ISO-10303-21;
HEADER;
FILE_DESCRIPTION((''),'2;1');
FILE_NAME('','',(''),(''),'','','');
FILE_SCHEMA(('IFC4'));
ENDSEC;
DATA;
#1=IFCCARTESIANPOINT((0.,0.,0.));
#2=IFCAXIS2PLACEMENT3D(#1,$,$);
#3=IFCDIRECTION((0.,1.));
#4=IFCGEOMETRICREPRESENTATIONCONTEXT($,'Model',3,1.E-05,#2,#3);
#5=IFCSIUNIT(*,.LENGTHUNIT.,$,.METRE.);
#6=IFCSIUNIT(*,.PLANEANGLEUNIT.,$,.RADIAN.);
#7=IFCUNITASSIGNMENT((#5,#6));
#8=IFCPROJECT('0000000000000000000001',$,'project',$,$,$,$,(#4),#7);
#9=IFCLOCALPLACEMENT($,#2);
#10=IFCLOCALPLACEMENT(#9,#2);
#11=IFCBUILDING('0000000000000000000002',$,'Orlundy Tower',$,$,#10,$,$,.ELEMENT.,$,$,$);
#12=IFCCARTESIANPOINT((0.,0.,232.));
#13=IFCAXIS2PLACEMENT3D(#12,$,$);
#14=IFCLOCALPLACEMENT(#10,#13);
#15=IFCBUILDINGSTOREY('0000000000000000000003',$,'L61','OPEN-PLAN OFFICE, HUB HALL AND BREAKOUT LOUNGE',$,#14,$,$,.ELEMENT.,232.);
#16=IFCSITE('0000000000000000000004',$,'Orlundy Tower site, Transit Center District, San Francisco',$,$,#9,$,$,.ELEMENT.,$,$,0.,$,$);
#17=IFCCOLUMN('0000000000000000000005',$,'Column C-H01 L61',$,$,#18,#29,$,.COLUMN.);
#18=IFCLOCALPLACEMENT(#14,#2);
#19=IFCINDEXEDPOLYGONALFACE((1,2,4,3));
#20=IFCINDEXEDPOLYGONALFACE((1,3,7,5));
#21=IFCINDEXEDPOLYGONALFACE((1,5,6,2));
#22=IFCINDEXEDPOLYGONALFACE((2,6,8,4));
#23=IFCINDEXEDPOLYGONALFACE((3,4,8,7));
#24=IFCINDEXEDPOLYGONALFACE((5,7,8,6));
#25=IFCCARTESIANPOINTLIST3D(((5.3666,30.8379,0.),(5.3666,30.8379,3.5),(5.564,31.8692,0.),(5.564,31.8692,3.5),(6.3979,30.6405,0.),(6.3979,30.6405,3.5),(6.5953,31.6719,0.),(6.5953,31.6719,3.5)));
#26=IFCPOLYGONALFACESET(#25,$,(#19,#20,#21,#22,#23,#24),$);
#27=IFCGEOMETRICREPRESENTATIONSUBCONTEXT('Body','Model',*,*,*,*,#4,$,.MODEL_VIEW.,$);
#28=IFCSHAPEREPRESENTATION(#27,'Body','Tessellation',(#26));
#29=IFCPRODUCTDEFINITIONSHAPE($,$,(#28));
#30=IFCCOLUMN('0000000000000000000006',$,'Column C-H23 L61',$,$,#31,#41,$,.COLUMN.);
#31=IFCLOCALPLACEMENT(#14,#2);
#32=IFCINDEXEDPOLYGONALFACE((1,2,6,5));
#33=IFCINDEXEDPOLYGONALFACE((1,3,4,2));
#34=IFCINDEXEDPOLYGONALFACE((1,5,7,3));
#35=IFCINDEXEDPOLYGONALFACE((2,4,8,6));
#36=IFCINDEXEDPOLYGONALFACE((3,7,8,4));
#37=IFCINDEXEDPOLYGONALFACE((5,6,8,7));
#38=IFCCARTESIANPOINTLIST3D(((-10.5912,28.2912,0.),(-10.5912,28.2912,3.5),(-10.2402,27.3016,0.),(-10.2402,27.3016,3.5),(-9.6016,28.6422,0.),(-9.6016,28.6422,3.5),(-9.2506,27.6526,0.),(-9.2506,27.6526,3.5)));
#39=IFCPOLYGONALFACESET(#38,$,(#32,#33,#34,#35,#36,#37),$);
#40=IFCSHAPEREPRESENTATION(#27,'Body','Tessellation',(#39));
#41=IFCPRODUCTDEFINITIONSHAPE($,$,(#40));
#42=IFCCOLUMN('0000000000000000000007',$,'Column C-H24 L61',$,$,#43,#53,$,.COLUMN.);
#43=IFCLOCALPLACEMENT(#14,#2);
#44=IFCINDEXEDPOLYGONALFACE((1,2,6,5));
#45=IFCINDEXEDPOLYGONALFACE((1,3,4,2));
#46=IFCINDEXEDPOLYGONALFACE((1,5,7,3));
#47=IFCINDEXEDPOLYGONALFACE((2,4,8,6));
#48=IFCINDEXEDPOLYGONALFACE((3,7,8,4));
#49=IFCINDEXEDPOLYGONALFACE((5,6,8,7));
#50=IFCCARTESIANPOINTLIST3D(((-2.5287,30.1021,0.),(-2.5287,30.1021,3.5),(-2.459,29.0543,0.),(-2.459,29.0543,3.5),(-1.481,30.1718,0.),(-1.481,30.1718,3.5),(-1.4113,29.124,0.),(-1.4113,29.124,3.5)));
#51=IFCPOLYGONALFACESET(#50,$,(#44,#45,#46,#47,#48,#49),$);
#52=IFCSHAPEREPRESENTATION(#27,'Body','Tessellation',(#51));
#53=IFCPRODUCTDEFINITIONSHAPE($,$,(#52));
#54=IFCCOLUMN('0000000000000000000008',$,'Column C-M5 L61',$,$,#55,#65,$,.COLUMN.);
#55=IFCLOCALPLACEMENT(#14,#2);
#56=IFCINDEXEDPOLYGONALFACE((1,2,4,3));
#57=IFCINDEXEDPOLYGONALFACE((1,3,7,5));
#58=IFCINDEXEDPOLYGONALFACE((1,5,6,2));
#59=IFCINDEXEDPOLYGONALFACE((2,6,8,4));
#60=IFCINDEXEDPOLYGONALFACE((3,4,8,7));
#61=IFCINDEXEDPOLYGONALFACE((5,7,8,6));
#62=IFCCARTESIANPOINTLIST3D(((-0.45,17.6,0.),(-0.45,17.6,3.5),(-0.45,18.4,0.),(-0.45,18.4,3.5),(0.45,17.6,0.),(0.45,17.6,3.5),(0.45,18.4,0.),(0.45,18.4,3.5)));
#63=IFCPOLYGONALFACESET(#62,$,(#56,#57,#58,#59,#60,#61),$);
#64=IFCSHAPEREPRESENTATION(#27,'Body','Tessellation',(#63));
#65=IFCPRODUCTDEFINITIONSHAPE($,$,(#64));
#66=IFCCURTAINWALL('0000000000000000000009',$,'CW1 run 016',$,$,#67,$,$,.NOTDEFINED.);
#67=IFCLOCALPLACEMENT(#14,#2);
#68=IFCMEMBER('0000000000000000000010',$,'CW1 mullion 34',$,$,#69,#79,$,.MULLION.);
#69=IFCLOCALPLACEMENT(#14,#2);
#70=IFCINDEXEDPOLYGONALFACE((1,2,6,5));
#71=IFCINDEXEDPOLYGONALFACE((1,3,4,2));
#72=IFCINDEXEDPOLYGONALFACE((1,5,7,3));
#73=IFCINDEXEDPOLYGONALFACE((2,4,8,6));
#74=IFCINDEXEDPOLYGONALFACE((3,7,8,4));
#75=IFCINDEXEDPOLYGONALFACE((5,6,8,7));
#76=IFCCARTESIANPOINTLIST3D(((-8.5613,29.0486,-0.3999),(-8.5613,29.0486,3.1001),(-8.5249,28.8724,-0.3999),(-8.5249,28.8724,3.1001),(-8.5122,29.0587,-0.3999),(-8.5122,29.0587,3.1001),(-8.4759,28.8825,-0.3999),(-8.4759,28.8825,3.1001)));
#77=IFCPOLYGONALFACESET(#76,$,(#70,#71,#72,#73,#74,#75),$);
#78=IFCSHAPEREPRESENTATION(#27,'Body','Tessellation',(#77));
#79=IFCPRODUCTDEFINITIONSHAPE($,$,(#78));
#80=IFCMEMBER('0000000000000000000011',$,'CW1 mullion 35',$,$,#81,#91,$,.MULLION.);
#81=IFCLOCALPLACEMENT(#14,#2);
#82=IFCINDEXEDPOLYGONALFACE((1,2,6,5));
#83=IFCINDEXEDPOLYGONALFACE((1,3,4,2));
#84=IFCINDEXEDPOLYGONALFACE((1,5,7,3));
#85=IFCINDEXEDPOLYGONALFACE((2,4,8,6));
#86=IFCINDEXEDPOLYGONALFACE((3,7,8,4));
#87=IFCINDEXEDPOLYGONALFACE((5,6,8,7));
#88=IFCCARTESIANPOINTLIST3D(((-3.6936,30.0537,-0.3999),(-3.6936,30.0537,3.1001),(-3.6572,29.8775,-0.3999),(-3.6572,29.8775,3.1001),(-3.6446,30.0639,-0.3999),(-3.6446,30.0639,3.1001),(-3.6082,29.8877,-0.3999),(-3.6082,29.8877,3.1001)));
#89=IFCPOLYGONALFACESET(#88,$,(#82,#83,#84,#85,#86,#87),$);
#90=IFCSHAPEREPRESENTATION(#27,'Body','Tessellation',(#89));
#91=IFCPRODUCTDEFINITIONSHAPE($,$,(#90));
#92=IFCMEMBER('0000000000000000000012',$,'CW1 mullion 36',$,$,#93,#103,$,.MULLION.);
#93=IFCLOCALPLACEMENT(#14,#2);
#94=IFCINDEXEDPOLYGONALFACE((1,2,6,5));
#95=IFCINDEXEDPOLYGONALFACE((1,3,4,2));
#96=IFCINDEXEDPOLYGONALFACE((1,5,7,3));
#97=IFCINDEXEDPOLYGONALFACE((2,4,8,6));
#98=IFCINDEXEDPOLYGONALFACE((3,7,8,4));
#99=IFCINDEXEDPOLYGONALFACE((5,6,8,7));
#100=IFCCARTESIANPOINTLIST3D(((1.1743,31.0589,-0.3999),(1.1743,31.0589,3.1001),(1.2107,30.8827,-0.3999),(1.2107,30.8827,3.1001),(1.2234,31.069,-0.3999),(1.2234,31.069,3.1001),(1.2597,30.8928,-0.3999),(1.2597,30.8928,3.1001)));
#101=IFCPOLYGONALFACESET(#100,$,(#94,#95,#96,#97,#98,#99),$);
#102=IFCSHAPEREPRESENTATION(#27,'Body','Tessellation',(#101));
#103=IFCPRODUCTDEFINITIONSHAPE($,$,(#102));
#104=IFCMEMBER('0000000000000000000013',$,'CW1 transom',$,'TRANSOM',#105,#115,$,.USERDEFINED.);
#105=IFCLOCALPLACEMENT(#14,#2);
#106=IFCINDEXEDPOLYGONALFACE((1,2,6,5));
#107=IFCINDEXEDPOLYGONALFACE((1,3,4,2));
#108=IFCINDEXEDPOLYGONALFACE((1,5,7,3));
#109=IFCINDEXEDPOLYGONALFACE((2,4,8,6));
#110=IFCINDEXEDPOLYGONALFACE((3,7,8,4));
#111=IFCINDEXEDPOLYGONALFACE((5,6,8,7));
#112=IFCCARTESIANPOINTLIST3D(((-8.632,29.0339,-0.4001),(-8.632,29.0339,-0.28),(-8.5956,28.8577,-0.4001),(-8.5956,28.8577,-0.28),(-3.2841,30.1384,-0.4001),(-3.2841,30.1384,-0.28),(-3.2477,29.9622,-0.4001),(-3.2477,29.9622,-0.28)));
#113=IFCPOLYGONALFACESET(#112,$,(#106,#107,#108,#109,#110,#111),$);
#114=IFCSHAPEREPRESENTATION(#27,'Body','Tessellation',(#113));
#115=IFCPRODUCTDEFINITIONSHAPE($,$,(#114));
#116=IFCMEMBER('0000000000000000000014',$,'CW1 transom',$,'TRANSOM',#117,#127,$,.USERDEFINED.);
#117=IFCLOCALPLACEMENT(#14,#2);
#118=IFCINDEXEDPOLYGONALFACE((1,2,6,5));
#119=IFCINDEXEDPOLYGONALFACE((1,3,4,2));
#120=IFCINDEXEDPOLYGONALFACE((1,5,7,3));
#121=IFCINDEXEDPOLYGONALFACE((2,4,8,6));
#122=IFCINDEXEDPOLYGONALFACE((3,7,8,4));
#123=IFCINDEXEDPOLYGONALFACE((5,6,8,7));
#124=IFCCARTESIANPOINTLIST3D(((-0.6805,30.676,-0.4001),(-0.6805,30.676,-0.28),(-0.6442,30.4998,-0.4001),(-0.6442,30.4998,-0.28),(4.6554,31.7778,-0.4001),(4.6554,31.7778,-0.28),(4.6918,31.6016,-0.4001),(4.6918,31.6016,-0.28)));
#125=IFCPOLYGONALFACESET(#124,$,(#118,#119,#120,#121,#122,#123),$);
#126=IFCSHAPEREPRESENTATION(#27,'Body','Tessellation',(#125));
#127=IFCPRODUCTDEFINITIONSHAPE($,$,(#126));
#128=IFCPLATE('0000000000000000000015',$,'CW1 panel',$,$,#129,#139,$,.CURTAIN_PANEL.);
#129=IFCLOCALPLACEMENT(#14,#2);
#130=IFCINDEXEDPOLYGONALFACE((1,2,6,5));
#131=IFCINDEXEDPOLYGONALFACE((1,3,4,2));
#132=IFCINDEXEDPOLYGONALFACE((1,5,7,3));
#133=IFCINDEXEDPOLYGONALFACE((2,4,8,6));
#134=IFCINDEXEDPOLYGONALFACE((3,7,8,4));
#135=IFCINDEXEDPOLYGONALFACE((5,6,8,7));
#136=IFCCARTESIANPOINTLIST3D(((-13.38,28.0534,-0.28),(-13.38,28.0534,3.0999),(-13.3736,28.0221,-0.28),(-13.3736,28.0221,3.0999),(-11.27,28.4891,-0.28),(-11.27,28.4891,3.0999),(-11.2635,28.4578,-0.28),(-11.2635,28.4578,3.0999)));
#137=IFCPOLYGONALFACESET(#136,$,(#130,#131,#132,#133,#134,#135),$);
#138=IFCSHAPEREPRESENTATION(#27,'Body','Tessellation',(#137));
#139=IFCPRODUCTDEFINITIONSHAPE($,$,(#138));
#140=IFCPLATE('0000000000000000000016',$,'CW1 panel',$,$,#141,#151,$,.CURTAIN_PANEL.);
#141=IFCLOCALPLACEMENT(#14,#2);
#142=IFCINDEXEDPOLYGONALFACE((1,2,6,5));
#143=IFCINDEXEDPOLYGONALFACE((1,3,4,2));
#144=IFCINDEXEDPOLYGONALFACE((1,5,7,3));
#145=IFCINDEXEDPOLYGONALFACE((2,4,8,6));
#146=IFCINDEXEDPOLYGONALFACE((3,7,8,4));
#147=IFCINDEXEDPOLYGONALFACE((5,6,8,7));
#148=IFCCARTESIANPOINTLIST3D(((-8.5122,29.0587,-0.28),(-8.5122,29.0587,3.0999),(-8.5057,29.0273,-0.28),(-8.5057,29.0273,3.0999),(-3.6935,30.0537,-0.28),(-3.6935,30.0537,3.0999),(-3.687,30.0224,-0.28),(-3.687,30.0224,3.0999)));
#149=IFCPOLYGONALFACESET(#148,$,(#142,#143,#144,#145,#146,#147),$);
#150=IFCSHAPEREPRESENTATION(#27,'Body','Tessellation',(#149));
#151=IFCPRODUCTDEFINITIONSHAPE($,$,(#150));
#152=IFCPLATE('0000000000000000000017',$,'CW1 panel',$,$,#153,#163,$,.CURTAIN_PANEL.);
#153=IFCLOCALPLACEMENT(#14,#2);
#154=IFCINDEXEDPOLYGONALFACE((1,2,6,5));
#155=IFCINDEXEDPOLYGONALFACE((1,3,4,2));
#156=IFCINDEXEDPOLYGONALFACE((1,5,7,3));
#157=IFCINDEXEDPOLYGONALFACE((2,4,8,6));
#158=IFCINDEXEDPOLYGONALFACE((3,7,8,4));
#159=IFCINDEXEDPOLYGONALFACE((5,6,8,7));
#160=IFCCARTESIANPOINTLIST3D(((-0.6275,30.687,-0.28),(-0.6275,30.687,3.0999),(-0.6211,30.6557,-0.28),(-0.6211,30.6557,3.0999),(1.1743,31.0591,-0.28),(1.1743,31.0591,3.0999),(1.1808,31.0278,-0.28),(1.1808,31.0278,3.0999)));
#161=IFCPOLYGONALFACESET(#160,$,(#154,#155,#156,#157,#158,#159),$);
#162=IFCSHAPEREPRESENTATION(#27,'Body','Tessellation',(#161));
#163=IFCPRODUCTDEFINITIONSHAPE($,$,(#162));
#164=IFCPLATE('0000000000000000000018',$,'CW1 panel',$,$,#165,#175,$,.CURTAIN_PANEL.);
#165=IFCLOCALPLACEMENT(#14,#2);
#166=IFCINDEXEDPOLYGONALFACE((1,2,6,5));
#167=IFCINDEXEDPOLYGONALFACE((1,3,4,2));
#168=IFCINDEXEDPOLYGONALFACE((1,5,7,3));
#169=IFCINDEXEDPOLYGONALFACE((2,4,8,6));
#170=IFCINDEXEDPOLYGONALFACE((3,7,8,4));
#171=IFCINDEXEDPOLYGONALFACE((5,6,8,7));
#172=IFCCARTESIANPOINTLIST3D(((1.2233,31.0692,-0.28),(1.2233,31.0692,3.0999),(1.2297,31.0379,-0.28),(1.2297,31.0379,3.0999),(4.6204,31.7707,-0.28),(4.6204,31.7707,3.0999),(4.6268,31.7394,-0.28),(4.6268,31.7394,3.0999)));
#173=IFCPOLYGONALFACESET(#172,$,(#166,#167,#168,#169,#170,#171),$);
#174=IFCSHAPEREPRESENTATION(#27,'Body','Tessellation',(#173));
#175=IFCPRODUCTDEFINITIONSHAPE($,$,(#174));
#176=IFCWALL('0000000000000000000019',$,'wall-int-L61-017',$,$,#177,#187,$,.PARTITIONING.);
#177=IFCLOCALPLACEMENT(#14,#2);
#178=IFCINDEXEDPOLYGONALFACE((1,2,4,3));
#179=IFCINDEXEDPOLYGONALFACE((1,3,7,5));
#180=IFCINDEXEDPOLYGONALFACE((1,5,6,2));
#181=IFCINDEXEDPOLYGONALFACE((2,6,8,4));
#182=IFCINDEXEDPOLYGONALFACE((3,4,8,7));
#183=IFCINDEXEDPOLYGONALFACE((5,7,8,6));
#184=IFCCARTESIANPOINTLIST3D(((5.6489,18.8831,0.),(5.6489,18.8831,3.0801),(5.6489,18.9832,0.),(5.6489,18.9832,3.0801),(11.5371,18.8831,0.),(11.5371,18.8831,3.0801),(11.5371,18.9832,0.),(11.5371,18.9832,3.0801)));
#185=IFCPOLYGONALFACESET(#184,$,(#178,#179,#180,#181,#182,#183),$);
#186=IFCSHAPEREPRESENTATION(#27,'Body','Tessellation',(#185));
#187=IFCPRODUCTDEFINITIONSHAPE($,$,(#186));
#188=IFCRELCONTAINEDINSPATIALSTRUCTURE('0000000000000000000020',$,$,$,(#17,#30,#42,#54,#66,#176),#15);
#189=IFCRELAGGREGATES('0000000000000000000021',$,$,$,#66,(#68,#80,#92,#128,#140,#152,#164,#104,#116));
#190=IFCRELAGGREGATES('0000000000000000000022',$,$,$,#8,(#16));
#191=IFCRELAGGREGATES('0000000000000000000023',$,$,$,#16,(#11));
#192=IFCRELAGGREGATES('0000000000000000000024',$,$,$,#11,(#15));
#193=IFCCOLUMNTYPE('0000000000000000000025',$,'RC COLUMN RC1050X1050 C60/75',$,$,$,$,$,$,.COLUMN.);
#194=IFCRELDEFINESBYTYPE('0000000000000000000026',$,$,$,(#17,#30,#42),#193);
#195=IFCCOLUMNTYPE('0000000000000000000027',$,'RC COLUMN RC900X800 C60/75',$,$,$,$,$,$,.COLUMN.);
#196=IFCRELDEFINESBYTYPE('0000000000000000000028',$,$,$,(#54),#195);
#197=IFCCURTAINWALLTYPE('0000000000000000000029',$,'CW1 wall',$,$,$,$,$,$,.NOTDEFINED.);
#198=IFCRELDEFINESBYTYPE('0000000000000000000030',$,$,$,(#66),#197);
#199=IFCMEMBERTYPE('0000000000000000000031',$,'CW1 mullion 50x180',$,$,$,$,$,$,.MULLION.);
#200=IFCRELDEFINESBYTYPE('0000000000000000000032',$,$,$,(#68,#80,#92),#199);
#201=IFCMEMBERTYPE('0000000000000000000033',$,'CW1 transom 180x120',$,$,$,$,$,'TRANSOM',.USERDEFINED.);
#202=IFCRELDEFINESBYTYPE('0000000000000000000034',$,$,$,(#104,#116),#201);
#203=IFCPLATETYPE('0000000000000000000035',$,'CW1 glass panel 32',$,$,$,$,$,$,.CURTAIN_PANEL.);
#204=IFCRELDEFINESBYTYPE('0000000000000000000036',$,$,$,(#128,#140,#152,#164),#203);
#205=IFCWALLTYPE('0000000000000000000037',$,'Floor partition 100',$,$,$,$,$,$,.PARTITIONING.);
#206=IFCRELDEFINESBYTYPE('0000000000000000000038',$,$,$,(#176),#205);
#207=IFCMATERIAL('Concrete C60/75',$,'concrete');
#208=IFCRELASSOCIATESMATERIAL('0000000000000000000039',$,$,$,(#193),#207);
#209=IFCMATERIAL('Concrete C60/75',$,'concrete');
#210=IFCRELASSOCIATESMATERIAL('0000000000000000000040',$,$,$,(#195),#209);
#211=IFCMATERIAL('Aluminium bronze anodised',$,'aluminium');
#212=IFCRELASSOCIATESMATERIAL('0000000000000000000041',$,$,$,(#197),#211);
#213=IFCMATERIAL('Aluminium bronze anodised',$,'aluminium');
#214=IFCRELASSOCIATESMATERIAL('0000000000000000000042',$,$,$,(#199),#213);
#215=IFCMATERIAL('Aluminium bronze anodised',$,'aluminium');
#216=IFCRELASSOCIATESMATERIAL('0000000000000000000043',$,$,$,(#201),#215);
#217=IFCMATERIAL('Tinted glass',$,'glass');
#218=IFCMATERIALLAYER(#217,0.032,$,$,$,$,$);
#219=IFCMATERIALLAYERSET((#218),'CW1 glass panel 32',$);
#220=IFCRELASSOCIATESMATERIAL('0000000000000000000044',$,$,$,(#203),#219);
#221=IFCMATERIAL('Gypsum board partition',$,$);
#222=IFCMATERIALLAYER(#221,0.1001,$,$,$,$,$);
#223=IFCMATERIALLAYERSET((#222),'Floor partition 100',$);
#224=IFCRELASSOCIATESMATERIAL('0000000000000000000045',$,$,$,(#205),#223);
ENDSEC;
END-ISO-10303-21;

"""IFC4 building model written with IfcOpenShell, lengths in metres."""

from ifc_helpers import new_model, si_unit, direction, frame, frame_2d, origin, origin_2d, place, context, subcontext, project, spatial, rectangle, extrude, material, layer, layer_set, material_profile, profile_set, type_object, element, aggregate, save


model = new_model("IFC4")

# Units and contexts
model_context = context("Model", 3, precision=1e-05, world=origin(), true_north=direction((0.0, 1.0)))
body_context = subcontext(model_context, "Body", "Model", "MODEL_VIEW")
ifc_project = project(units=[si_unit("LENGTHUNIT", "METRE"), si_unit("PLANEANGLEUNIT", "RADIAN")], contexts=[model_context])

# Site, building, storey
site_placement = place(None, origin())
site = spatial("IfcSite", under=ifc_project, at=site_placement, Name="Orlundy Tower site, Transit Center District, San Francisco", CompositionType="ELEMENT", RefElevation=0.0)
building_placement = place(site_placement, origin())
building = spatial("IfcBuilding", under=site, at=building_placement, Name="Orlundy Tower", CompositionType="ELEMENT")
storey_placement = place(building_placement, frame((0.0, 0.0, 232.0)))
storey = spatial("IfcBuildingStorey", under=building, at=storey_placement, Name="L61", Description="OPEN-PLAN OFFICE, HUB HALL AND BREAKOUT LOUNGE", CompositionType="ELEMENT", Elevation=232.0)

# Columns
ifc_material_1 = material(Name="Concrete C60/75", Category="concrete")
ifc_material_profile_1 = material_profile(ifc_material_1, rectangle(XDim=1.05, YDim=1.05, at=origin_2d()), Name="RC1050X1050")
ifc_profile_set_1 = profile_set([ifc_material_profile_1], Name="Concrete C60/75")
column_type_1 = type_object("IfcColumnType", Name="RC COLUMN RC1050X1050 C60/75", PredefinedType="COLUMN", material=ifc_profile_set_1)
for number, where, z_axis, x_axis, name in (
    (1, (5.981, 31.2549, 0.0), (0.0, 0.0, 1.0), (0.187947, 0.982179, 0.0), "Column C-H01 L61"),
    (2, (-9.9209, 27.9719, 0.0), (0.0, 0.0, 1.0), (-0.334267, 0.942478, 0.0), "Column C-H23 L61"),
    (3, (-1.97, 29.613, 0.0), (0.0, 0.0, 1.0), (-0.066378, 0.997795, 0.0), "Column C-H24 L61"),
):
    element("IfcColumn", number, at=place(storey_placement, frame(where, z_axis=z_axis, x_axis=x_axis)), inside=storey, type_object=column_type_1, Name=name, PredefinedType="COLUMN", context=body_context, shape_type="SweptSolid", body=[
        extrude(rectangle(XDim=1.05, YDim=1.05, at=origin_2d()), origin(), (0.0, 0.0, 1.0), 3.5),
    ])
ifc_material_2 = material(Name="Concrete C60/75", Category="concrete")
ifc_material_profile_2 = material_profile(ifc_material_2, rectangle(XDim=0.8999, YDim=0.8, at=origin_2d()), Name="RC900X800")
ifc_profile_set_2 = profile_set([ifc_material_profile_2], Name="Concrete C60/75")
column_type_2 = type_object("IfcColumnType", Name="RC COLUMN RC900X800 C60/75", PredefinedType="COLUMN", material=ifc_profile_set_2)
column_placement = place(storey_placement, frame((0.0, 18.0, 0.0), z_axis=(0.0, 0.0, 1.0), x_axis=(1.0, 0.0, 0.0)))
element("IfcColumn", 4, at=column_placement, inside=storey, type_object=column_type_2, Name="Column C-M5 L61", PredefinedType="COLUMN", context=body_context, shape_type="SweptSolid", body=[
    extrude(rectangle(XDim=0.8999, YDim=0.8, at=origin_2d()), origin(), (0.0, 0.0, 1.0), 3.5),
])

# Curtain wall, members, plates
ifc_material_3 = material(Name="Aluminium bronze anodised", Category="aluminium")
curtain_wall_type = type_object("IfcCurtainWallType", Name="CW1 wall", PredefinedType="NOTDEFINED", material=ifc_material_3)
curtain_wall_placement = place(storey_placement, origin())
curtain_wall = element("IfcCurtainWall", 5, at=curtain_wall_placement, inside=storey, type_object=curtain_wall_type, Name="CW1 run 016", PredefinedType="NOTDEFINED")
ifc_material_4 = material(Name="Aluminium bronze anodised", Category="aluminium")
ifc_material_profile_3 = material_profile(ifc_material_4, rectangle(XDim=0.1799, YDim=0.05, at=origin_2d()), Name="CW1 mullion 50x180")
ifc_profile_set_3 = profile_set([ifc_material_profile_3], Name="Aluminium bronze anodised")
member_type_1 = type_object("IfcMemberType", Name="CW1 mullion 50x180", PredefinedType="MULLION", material=ifc_profile_set_3)
member_1_placement = place(storey_placement, frame((-8.5186, 28.9656, -0.3999), z_axis=(0.0, 0.0, 1.0), x_axis=(-0.202233, 0.979337, 0.0)))
member_1 = element("IfcMember", 6, at=member_1_placement, type_object=member_type_1, Name="CW1 mullion 34", PredefinedType="MULLION", context=body_context, shape_type="SweptSolid", body=[
    extrude(rectangle(XDim=0.1799, YDim=0.05, at=origin_2d()), origin(), (0.0, 0.0, 1.0), 3.5),
])
member_2_placement = place(storey_placement, frame((-3.6509, 29.9707, -0.3999), z_axis=(0.0, 0.0, 1.0), x_axis=(-0.202233, 0.979337, 0.0)))
member_2 = element("IfcMember", 7, at=member_2_placement, type_object=member_type_1, Name="CW1 mullion 35", PredefinedType="MULLION", context=body_context, shape_type="SweptSolid", body=[
    extrude(rectangle(XDim=0.1799, YDim=0.05, at=origin_2d()), origin(), (0.0, 0.0, 1.0), 3.5),
])
member_3_placement = place(storey_placement, frame((1.217, 30.9758, -0.3999), z_axis=(0.0, 0.0, 1.0), x_axis=(-0.202233, 0.979337, 0.0)))
member_3 = element("IfcMember", 8, at=member_3_placement, type_object=member_type_1, Name="CW1 mullion 36", PredefinedType="MULLION", context=body_context, shape_type="SweptSolid", body=[
    extrude(rectangle(XDim=0.1799, YDim=0.05, at=origin_2d()), origin(), (0.0, 0.0, 1.0), 3.5),
])
ifc_material_5 = material(Name="Aluminium bronze anodised", Category="aluminium")
ifc_material_profile_4 = material_profile(ifc_material_5, rectangle(XDim=0.1799, YDim=0.1201, at=origin_2d()), Name="CW1 transom 180x120")
ifc_profile_set_4 = profile_set([ifc_material_profile_4], Name="Aluminium bronze anodised")
member_type_2 = type_object("IfcMemberType", Name="CW1 transom 180x120", ElementType="TRANSOM", PredefinedType="USERDEFINED", material=ifc_profile_set_4)
member_4_placement = place(storey_placement, frame((-8.6138, 28.9458, -0.3401), z_axis=(0.979332, 0.20226, 0.0), x_axis=(-0.20226, 0.979332, 0.0)))
member_4 = element("IfcMember", 9, at=member_4_placement, type_object=member_type_2, Name="CW1 transom", ObjectType="TRANSOM", PredefinedType="USERDEFINED", context=body_context, shape_type="SweptSolid", body=[
    extrude(rectangle(XDim=0.1799, YDim=0.1201, at=origin_2d()), origin(), (0.0, 0.0, 1.0), 5.4607),
])
member_5_placement = place(storey_placement, frame((-0.6624, 30.5879, -0.3401), z_axis=(0.97934, 0.202222, 0.0), x_axis=(-0.202222, 0.97934, 0.0)))
member_5 = element("IfcMember", 10, at=member_5_placement, type_object=member_type_2, Name="CW1 transom", ObjectType="TRANSOM", PredefinedType="USERDEFINED", context=body_context, shape_type="SweptSolid", body=[
    extrude(rectangle(XDim=0.1799, YDim=0.1201, at=origin_2d()), origin(), (0.0, 0.0, 1.0), 5.4485),
])
ifc_material_6 = material(Name="Tinted glass", Category="glass")
ifc_layer_1 = layer(ifc_material_6, 0.032)
ifc_layer_set_1 = layer_set([ifc_layer_1], Name="CW1 glass panel 32")
plate_type = type_object("IfcPlateType", Name="CW1 glass panel 32", PredefinedType="CURTAIN_PANEL", material=ifc_layer_set_1)
plate_1_placement = place(storey_placement, frame((-12.3218, 28.2556, -0.28), z_axis=(0.0, 0.0, 1.0), x_axis=(0.979337, 0.202233, 0.0)))
plate_1 = element("IfcPlate", 11, at=plate_1_placement, type_object=plate_type, Name="CW1 panel", PredefinedType="CURTAIN_PANEL", context=body_context, shape_type="SweptSolid", body=[
    extrude(rectangle(XDim=2.1545, YDim=0.032, at=origin_2d()), origin(), (0.0, 0.0, 1.0), 3.3799),
])
plate_2_placement = place(storey_placement, frame((-6.0996, 29.5405, -0.28), z_axis=(0.0, 0.0, 1.0), x_axis=(0.979337, 0.202233, 0.0)))
plate_2 = element("IfcPlate", 12, at=plate_2_placement, type_object=plate_type, Name="CW1 panel", PredefinedType="CURTAIN_PANEL", context=body_context, shape_type="SweptSolid", body=[
    extrude(rectangle(XDim=4.9204, YDim=0.032, at=origin_2d()), origin(), (0.0, 0.0, 1.0), 3.3799),
])
plate_3_placement = place(storey_placement, frame((0.2766, 30.8574, -0.28), z_axis=(0.0, 0.0, 1.0), x_axis=(0.979337, 0.202233, 0.0)))
plate_3 = element("IfcPlate", 13, at=plate_3_placement, type_object=plate_type, Name="CW1 panel", PredefinedType="CURTAIN_PANEL", context=body_context, shape_type="SweptSolid", body=[
    extrude(rectangle(XDim=1.8398, YDim=0.032, at=origin_2d()), origin(), (0.0, 0.0, 1.0), 3.3799),
])
plate_4_placement = place(storey_placement, frame((2.925, 31.4043, -0.28), z_axis=(0.0, 0.0, 1.0), x_axis=(0.979337, 0.202233, 0.0)))
plate_4 = element("IfcPlate", 14, at=plate_4_placement, type_object=plate_type, Name="CW1 panel", PredefinedType="CURTAIN_PANEL", context=body_context, shape_type="SweptSolid", body=[
    extrude(rectangle(XDim=3.4688, YDim=0.032, at=origin_2d()), origin(), (0.0, 0.0, 1.0), 3.3799),
])
aggregate(curtain_wall, [member_1, member_2, member_3, plate_1, plate_2, plate_3, plate_4, member_4, member_5])

# Wall
ifc_material_7 = material(Name="Gypsum board partition")
ifc_layer_2 = layer(ifc_material_7, 0.1001)
ifc_layer_set_2 = layer_set([ifc_layer_2], Name="Floor partition 100")
wall_type_1 = type_object("IfcWallType", Name="Floor partition 100", PredefinedType="PARTITIONING", material=ifc_layer_set_2)
wall_1_placement = place(storey_placement, frame((5.6489, 18.9331, 0.0), z_axis=(0.0, 0.0, 1.0), x_axis=(1.0, 0.0, 0.0)))
element("IfcWall", 15, at=wall_1_placement, inside=storey, type_object=wall_type_1, Name="wall-int-L61-017", PredefinedType="PARTITIONING", context=body_context, shape_type="SweptSolid", body=[
    extrude(rectangle(XDim=5.8882, YDim=0.1001, at=frame_2d((2.9441, 0.0))), origin(), (0.0, 0.0, 1.0), 3.0801),
])

save(model, "model.ifc")
